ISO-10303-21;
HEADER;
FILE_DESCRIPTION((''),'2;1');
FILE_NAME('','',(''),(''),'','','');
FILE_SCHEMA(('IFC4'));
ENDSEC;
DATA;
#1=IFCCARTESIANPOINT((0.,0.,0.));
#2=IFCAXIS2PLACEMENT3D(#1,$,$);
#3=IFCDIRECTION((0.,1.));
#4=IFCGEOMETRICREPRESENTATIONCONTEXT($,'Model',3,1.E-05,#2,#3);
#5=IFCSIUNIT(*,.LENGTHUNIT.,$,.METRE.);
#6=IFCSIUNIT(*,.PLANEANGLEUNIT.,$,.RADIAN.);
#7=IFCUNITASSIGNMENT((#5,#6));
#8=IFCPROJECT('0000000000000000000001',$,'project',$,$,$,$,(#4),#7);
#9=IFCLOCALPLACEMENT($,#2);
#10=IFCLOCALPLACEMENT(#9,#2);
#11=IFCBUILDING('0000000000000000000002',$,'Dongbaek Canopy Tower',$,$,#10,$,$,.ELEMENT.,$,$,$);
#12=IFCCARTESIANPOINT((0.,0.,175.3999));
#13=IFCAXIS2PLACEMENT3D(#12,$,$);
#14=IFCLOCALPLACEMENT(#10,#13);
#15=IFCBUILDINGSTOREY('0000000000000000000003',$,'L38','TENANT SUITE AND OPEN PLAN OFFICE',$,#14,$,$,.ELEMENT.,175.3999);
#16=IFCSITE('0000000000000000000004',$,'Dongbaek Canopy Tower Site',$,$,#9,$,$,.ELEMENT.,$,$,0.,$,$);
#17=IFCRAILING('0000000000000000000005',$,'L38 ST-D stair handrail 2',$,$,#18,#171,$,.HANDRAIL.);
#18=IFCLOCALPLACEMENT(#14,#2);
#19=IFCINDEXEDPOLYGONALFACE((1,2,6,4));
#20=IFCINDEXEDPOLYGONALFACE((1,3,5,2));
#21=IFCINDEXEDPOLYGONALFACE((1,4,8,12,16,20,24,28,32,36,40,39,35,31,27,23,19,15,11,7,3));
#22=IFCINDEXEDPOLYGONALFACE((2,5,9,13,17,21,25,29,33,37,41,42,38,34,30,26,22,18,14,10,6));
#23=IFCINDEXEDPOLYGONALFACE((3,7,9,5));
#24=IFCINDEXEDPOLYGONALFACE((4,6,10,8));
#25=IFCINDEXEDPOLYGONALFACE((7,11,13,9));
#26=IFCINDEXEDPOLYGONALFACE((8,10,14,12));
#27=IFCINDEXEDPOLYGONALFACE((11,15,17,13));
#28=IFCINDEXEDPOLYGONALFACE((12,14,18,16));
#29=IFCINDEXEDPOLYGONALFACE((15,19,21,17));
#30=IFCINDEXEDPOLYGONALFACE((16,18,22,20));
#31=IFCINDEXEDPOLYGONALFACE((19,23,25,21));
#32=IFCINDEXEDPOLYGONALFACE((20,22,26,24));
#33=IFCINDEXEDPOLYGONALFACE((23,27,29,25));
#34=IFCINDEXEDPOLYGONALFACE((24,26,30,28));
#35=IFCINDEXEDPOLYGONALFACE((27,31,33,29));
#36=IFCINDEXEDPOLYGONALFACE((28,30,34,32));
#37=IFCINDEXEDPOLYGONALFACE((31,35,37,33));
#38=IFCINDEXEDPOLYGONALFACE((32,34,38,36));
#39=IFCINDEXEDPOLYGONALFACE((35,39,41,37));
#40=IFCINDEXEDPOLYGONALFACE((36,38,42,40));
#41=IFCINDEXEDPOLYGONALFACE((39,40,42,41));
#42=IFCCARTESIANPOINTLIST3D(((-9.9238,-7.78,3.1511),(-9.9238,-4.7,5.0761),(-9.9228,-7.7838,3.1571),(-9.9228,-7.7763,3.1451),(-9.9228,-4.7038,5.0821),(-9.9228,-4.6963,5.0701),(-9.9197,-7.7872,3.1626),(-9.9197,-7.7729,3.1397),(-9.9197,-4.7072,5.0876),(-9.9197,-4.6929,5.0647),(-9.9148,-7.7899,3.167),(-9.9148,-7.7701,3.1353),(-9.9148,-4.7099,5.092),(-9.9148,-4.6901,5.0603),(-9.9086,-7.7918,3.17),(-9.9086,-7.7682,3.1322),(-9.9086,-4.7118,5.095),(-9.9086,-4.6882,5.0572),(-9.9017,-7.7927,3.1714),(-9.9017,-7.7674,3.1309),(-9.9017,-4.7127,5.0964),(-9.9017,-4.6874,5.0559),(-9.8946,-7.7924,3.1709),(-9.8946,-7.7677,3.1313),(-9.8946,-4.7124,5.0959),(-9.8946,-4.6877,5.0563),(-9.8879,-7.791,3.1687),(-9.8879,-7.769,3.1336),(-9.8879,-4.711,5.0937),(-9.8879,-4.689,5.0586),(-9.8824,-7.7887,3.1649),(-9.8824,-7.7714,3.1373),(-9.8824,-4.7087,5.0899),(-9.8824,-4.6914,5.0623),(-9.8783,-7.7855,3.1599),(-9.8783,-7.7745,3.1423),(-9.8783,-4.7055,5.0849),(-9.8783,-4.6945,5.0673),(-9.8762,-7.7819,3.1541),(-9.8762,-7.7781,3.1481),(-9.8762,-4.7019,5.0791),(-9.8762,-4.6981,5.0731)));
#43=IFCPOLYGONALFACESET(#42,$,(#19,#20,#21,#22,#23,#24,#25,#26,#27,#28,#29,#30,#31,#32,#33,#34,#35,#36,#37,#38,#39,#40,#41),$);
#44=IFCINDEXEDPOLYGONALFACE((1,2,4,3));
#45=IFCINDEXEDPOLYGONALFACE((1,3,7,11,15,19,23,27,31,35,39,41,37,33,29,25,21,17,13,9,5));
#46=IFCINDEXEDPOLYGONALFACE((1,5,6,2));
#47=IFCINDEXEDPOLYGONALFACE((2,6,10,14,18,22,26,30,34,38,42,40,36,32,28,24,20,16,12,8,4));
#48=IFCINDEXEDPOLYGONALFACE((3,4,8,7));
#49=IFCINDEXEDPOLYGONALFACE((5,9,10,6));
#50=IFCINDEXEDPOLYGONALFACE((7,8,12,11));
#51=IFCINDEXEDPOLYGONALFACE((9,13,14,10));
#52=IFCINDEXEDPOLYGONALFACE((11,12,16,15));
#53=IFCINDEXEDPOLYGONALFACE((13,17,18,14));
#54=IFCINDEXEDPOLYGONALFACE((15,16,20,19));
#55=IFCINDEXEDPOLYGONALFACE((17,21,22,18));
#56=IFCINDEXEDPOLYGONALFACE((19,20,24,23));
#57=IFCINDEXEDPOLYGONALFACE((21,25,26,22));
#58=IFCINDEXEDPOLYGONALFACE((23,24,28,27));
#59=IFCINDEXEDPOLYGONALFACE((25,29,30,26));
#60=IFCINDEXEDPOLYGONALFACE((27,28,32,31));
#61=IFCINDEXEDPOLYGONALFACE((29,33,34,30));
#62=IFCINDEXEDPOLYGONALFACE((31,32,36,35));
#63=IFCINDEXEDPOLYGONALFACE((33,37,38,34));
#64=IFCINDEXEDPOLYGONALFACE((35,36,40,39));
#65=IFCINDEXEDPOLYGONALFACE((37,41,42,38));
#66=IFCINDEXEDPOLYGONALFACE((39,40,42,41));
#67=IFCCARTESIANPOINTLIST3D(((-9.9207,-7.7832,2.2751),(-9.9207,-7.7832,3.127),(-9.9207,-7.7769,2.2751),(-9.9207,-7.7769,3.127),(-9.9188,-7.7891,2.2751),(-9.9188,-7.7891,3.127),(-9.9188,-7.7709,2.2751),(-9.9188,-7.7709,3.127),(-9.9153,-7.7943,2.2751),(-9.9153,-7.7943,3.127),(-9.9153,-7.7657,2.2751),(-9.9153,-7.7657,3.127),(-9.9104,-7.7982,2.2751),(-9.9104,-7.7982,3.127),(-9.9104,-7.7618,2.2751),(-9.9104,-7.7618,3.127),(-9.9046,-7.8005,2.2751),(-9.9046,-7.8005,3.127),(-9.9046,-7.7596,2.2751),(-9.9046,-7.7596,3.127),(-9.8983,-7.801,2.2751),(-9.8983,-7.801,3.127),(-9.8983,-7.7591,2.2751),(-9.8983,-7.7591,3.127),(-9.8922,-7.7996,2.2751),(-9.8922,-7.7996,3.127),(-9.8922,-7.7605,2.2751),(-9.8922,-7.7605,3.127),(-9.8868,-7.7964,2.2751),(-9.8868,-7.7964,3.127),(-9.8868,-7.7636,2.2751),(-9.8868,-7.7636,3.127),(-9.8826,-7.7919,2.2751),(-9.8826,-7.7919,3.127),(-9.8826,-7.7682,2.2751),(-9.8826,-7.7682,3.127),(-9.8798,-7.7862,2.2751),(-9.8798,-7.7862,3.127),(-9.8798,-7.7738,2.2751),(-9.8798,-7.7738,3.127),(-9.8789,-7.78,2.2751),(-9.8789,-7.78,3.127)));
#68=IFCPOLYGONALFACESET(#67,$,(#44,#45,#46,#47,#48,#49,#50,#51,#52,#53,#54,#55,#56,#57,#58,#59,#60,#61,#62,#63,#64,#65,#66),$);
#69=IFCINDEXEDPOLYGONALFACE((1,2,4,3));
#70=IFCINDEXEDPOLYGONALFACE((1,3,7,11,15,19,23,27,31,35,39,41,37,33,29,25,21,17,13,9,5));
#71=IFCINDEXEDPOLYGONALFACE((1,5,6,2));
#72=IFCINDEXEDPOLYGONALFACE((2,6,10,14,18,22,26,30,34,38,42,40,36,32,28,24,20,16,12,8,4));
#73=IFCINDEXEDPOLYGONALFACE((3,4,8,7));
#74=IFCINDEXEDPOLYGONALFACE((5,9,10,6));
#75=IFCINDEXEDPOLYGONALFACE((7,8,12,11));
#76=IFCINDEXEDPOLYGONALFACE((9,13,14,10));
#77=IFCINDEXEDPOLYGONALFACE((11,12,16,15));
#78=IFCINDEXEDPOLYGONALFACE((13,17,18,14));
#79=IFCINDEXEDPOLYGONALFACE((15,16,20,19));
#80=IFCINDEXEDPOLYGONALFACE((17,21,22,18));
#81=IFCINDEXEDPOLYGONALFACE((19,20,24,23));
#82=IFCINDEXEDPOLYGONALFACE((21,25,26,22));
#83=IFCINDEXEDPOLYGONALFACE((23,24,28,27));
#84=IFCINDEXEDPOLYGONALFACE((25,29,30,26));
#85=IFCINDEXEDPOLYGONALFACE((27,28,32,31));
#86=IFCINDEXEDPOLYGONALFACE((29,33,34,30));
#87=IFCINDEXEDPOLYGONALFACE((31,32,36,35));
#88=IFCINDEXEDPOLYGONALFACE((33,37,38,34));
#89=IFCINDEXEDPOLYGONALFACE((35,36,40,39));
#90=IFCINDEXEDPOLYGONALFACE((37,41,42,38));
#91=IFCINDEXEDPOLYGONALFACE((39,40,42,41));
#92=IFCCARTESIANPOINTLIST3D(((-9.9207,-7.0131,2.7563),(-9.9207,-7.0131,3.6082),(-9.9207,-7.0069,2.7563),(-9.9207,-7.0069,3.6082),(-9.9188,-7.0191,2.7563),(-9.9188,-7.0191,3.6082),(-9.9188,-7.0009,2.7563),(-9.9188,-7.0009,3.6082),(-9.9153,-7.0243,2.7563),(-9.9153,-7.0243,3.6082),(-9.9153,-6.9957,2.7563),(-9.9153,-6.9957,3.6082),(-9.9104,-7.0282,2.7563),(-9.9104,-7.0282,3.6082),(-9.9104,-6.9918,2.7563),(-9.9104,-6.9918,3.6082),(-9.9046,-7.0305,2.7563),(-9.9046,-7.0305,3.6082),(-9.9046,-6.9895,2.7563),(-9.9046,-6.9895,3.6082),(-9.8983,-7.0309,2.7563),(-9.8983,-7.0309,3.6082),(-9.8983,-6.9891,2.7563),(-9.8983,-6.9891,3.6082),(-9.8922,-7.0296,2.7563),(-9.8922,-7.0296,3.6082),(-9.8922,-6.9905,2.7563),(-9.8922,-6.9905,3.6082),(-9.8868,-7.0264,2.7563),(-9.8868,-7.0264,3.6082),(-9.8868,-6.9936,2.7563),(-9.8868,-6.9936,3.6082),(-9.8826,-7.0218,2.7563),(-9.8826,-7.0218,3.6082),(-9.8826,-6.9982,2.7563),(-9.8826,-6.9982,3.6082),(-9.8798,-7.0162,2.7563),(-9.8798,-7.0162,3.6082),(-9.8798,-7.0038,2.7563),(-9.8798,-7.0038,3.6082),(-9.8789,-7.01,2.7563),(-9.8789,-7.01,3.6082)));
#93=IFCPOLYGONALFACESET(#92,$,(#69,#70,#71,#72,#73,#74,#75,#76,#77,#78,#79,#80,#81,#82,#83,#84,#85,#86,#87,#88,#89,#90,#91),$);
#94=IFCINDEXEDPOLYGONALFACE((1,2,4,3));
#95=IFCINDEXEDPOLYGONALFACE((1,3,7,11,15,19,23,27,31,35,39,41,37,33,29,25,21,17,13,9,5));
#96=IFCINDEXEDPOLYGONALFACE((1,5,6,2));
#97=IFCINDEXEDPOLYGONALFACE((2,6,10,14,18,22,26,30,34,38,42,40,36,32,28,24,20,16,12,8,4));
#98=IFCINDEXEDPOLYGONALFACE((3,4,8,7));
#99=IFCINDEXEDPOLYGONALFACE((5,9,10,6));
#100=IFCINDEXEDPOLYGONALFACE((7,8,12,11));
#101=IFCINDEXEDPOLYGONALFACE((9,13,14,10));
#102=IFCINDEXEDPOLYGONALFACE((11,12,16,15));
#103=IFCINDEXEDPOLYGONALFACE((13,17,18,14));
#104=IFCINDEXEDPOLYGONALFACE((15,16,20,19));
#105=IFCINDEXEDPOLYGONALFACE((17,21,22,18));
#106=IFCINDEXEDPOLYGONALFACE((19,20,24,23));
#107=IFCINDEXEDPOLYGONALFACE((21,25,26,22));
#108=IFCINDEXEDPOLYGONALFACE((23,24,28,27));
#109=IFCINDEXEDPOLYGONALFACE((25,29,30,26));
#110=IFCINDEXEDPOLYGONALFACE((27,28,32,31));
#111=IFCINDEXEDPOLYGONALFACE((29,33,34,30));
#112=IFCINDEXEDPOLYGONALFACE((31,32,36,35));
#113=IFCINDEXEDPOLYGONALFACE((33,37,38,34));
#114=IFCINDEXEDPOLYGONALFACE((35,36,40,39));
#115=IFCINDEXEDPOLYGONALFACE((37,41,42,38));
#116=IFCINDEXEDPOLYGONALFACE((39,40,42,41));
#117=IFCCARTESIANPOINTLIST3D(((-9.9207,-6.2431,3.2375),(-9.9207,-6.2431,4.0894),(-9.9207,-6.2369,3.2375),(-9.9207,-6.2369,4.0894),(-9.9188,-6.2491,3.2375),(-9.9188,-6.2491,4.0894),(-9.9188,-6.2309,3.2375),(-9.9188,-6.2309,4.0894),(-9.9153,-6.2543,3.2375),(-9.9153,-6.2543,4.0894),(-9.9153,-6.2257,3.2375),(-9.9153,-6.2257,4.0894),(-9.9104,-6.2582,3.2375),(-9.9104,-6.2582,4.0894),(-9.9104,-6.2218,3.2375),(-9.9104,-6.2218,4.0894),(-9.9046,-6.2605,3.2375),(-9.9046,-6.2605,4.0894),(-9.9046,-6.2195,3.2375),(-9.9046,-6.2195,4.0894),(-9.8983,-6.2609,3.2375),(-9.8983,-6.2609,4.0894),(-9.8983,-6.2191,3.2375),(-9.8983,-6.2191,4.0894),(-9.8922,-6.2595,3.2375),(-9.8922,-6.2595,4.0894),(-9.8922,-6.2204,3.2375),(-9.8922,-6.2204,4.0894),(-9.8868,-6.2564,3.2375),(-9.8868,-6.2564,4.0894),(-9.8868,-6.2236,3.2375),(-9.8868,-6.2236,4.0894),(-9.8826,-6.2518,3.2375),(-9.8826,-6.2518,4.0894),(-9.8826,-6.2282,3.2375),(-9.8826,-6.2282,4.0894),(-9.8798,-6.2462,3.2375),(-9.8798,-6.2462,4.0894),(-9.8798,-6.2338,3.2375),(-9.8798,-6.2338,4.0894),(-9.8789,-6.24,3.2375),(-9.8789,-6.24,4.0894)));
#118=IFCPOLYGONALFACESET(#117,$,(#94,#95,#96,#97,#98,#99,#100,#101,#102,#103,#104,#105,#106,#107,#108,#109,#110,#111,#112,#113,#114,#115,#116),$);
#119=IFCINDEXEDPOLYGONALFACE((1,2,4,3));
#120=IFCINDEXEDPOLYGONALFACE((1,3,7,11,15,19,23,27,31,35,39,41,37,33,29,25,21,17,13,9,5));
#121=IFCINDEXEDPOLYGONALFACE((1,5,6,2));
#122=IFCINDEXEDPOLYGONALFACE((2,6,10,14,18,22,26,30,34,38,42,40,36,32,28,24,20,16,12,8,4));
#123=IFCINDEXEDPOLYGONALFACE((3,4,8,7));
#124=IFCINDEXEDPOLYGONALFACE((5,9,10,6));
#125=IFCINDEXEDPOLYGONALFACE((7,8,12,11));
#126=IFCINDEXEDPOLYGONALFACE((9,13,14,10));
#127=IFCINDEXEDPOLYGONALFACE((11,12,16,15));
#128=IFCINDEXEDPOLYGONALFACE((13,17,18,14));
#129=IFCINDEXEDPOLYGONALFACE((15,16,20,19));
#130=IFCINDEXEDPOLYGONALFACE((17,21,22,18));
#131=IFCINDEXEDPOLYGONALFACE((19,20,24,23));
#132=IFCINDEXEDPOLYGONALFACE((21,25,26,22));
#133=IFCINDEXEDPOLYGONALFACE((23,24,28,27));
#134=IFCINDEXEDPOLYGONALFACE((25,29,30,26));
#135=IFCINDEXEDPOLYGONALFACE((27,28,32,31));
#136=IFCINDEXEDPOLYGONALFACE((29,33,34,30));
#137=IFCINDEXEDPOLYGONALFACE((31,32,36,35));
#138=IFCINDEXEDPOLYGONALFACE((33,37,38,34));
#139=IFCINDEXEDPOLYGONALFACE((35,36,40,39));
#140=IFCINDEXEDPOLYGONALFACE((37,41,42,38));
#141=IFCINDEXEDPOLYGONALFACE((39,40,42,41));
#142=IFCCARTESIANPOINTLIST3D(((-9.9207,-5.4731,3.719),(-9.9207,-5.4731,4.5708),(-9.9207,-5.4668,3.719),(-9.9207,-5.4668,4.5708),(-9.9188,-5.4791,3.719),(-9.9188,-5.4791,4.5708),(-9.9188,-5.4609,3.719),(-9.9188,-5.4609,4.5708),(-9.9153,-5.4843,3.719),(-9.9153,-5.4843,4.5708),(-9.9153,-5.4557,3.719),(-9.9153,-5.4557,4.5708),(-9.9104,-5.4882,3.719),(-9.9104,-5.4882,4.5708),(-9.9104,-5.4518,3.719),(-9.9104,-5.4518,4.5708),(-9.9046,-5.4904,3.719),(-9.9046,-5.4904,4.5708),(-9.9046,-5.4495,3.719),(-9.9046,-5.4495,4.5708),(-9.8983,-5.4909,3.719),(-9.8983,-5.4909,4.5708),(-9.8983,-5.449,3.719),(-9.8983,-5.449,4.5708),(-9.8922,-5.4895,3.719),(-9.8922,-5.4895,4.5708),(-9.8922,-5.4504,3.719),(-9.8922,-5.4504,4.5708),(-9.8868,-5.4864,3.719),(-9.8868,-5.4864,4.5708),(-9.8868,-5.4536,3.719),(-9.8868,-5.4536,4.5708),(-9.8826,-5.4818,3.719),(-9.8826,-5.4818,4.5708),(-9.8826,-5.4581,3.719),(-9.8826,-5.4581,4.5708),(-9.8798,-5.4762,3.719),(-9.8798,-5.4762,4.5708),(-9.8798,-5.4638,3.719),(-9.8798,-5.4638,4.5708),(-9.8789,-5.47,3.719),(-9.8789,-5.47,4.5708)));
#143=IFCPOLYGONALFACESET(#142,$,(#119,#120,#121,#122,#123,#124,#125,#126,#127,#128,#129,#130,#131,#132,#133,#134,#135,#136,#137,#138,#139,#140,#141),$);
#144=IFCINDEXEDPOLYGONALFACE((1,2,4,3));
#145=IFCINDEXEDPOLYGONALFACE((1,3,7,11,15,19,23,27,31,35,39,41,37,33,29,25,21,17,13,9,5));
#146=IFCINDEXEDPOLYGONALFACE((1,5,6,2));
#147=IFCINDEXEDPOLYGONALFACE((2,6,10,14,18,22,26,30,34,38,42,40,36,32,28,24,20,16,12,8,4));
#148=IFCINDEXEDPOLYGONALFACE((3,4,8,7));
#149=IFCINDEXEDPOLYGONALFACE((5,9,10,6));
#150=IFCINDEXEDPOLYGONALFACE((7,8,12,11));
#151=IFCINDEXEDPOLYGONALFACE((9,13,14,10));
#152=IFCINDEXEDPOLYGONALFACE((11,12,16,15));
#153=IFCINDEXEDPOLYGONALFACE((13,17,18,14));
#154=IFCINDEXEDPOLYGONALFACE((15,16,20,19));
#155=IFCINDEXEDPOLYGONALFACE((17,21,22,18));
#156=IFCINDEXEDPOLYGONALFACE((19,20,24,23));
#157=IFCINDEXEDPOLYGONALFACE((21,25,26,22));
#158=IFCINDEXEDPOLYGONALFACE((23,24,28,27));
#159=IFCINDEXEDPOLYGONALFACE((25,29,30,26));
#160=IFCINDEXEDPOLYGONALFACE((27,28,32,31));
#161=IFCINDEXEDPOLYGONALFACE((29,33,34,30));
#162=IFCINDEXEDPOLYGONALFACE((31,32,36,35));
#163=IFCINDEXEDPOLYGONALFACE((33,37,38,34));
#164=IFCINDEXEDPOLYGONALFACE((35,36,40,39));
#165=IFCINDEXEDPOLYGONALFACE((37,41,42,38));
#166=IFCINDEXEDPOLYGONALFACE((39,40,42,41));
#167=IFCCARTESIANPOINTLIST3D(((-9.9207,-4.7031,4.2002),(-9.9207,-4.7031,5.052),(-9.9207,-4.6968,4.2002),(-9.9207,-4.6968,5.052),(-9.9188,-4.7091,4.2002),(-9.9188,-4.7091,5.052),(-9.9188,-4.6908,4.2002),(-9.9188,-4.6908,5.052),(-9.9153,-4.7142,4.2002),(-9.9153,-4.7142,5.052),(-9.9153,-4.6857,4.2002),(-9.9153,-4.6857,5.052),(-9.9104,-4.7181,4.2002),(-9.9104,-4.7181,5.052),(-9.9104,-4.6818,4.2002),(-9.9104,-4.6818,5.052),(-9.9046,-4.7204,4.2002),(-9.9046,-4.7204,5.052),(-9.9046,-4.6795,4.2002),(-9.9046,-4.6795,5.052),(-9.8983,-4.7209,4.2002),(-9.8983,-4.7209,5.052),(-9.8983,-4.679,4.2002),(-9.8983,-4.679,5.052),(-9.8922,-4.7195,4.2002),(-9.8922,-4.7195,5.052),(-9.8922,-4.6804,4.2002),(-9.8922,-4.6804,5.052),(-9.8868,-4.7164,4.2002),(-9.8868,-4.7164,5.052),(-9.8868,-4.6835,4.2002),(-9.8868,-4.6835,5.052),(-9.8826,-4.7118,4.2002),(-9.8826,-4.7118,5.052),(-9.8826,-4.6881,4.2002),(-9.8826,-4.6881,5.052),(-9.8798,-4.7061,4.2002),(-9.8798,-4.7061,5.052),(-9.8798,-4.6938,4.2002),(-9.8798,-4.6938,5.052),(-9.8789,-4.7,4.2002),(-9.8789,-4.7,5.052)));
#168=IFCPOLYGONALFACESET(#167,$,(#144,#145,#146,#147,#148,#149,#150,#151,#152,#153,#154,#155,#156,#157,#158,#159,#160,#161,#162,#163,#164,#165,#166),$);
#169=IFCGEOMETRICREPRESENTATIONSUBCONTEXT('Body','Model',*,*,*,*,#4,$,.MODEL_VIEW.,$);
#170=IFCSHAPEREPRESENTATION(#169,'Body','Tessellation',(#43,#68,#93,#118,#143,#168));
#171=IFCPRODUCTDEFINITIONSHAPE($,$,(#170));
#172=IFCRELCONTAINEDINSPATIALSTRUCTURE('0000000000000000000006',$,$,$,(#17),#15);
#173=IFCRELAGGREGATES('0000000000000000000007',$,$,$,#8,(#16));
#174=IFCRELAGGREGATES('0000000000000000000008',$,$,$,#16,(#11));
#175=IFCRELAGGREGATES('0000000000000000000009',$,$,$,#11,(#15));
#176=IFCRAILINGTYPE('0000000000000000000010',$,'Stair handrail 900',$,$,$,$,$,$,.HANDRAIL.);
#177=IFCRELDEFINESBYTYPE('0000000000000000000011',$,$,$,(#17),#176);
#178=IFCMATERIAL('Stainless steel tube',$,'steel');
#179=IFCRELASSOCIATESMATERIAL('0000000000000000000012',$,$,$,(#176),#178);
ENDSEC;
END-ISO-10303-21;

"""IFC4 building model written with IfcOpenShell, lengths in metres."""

from ifc_helpers import new_model, si_unit, direction, frame, origin, origin_2d, place, context, subcontext, project, spatial, circle, extrude, material, type_object, element, save


model = new_model("IFC4")

# Units and contexts
model_context = context("Model", 3, precision=1e-05, world=origin(), true_north=direction((0.0, 1.0)))
body_context = subcontext(model_context, "Body", "Model", "MODEL_VIEW")
ifc_project = project(units=[si_unit("LENGTHUNIT", "METRE"), si_unit("PLANEANGLEUNIT", "RADIAN")], contexts=[model_context])

# Site, building, storey
site_placement = place(None, origin())
site = spatial("IfcSite", under=ifc_project, at=site_placement, Name="Dongbaek Canopy Tower Site", CompositionType="ELEMENT", RefElevation=0.0)
building_placement = place(site_placement, origin())
building = spatial("IfcBuilding", under=site, at=building_placement, Name="Dongbaek Canopy Tower", CompositionType="ELEMENT")
storey_placement = place(building_placement, frame((0.0, 0.0, 175.3999)))
storey = spatial("IfcBuildingStorey", under=building, at=storey_placement, Name="L38", Description="TENANT SUITE AND OPEN PLAN OFFICE", CompositionType="ELEMENT", Elevation=175.3999)

# Railing
ifc_material_1 = material(Name="Stainless steel tube", Category="steel")
railing_type_1 = type_object("IfcRailingType", Name="Stair handrail 900", PredefinedType="HANDRAIL", material=ifc_material_1)
railing_1_placement = place(storey_placement, frame((-9.8999, -7.78, 2.2751)))
element("IfcRailing", 1, at=railing_1_placement, inside=storey, type_object=railing_type_1, Name="L38 ST-D stair handrail 2", PredefinedType="HANDRAIL", context=body_context, shape_type="SweptSolid", body=[
    extrude(circle(Radius=0.0239, at=origin_2d()), frame((0.0, 0.0, 0.876), z_axis=(0.0, 0.847998, 0.529999), x_axis=(-1.0, 0.0, 0.0)), (0.0, 0.0, 1.0), 3.6321),
    extrude(circle(Radius=0.021, at=origin_2d()), origin(), (0.0, 0.0, 1.0), 0.8518),
    extrude(circle(Radius=0.021, at=origin_2d()), frame((0.0, 0.77, 0.4812)), (0.0, 0.0, 1.0), 0.8518),
    extrude(circle(Radius=0.021, at=origin_2d()), frame((0.0, 1.54, 0.9624)), (0.0, 0.0, 1.0), 0.8518),
    extrude(circle(Radius=0.021, at=origin_2d()), frame((0.0, 2.3101, 1.4438)), (0.0, 0.0, 1.0), 0.8518),
    extrude(circle(Radius=0.021, at=origin_2d()), frame((0.0, 3.0801, 1.925)), (0.0, 0.0, 1.0), 0.8518),
])

save(model, "model.ifc")
